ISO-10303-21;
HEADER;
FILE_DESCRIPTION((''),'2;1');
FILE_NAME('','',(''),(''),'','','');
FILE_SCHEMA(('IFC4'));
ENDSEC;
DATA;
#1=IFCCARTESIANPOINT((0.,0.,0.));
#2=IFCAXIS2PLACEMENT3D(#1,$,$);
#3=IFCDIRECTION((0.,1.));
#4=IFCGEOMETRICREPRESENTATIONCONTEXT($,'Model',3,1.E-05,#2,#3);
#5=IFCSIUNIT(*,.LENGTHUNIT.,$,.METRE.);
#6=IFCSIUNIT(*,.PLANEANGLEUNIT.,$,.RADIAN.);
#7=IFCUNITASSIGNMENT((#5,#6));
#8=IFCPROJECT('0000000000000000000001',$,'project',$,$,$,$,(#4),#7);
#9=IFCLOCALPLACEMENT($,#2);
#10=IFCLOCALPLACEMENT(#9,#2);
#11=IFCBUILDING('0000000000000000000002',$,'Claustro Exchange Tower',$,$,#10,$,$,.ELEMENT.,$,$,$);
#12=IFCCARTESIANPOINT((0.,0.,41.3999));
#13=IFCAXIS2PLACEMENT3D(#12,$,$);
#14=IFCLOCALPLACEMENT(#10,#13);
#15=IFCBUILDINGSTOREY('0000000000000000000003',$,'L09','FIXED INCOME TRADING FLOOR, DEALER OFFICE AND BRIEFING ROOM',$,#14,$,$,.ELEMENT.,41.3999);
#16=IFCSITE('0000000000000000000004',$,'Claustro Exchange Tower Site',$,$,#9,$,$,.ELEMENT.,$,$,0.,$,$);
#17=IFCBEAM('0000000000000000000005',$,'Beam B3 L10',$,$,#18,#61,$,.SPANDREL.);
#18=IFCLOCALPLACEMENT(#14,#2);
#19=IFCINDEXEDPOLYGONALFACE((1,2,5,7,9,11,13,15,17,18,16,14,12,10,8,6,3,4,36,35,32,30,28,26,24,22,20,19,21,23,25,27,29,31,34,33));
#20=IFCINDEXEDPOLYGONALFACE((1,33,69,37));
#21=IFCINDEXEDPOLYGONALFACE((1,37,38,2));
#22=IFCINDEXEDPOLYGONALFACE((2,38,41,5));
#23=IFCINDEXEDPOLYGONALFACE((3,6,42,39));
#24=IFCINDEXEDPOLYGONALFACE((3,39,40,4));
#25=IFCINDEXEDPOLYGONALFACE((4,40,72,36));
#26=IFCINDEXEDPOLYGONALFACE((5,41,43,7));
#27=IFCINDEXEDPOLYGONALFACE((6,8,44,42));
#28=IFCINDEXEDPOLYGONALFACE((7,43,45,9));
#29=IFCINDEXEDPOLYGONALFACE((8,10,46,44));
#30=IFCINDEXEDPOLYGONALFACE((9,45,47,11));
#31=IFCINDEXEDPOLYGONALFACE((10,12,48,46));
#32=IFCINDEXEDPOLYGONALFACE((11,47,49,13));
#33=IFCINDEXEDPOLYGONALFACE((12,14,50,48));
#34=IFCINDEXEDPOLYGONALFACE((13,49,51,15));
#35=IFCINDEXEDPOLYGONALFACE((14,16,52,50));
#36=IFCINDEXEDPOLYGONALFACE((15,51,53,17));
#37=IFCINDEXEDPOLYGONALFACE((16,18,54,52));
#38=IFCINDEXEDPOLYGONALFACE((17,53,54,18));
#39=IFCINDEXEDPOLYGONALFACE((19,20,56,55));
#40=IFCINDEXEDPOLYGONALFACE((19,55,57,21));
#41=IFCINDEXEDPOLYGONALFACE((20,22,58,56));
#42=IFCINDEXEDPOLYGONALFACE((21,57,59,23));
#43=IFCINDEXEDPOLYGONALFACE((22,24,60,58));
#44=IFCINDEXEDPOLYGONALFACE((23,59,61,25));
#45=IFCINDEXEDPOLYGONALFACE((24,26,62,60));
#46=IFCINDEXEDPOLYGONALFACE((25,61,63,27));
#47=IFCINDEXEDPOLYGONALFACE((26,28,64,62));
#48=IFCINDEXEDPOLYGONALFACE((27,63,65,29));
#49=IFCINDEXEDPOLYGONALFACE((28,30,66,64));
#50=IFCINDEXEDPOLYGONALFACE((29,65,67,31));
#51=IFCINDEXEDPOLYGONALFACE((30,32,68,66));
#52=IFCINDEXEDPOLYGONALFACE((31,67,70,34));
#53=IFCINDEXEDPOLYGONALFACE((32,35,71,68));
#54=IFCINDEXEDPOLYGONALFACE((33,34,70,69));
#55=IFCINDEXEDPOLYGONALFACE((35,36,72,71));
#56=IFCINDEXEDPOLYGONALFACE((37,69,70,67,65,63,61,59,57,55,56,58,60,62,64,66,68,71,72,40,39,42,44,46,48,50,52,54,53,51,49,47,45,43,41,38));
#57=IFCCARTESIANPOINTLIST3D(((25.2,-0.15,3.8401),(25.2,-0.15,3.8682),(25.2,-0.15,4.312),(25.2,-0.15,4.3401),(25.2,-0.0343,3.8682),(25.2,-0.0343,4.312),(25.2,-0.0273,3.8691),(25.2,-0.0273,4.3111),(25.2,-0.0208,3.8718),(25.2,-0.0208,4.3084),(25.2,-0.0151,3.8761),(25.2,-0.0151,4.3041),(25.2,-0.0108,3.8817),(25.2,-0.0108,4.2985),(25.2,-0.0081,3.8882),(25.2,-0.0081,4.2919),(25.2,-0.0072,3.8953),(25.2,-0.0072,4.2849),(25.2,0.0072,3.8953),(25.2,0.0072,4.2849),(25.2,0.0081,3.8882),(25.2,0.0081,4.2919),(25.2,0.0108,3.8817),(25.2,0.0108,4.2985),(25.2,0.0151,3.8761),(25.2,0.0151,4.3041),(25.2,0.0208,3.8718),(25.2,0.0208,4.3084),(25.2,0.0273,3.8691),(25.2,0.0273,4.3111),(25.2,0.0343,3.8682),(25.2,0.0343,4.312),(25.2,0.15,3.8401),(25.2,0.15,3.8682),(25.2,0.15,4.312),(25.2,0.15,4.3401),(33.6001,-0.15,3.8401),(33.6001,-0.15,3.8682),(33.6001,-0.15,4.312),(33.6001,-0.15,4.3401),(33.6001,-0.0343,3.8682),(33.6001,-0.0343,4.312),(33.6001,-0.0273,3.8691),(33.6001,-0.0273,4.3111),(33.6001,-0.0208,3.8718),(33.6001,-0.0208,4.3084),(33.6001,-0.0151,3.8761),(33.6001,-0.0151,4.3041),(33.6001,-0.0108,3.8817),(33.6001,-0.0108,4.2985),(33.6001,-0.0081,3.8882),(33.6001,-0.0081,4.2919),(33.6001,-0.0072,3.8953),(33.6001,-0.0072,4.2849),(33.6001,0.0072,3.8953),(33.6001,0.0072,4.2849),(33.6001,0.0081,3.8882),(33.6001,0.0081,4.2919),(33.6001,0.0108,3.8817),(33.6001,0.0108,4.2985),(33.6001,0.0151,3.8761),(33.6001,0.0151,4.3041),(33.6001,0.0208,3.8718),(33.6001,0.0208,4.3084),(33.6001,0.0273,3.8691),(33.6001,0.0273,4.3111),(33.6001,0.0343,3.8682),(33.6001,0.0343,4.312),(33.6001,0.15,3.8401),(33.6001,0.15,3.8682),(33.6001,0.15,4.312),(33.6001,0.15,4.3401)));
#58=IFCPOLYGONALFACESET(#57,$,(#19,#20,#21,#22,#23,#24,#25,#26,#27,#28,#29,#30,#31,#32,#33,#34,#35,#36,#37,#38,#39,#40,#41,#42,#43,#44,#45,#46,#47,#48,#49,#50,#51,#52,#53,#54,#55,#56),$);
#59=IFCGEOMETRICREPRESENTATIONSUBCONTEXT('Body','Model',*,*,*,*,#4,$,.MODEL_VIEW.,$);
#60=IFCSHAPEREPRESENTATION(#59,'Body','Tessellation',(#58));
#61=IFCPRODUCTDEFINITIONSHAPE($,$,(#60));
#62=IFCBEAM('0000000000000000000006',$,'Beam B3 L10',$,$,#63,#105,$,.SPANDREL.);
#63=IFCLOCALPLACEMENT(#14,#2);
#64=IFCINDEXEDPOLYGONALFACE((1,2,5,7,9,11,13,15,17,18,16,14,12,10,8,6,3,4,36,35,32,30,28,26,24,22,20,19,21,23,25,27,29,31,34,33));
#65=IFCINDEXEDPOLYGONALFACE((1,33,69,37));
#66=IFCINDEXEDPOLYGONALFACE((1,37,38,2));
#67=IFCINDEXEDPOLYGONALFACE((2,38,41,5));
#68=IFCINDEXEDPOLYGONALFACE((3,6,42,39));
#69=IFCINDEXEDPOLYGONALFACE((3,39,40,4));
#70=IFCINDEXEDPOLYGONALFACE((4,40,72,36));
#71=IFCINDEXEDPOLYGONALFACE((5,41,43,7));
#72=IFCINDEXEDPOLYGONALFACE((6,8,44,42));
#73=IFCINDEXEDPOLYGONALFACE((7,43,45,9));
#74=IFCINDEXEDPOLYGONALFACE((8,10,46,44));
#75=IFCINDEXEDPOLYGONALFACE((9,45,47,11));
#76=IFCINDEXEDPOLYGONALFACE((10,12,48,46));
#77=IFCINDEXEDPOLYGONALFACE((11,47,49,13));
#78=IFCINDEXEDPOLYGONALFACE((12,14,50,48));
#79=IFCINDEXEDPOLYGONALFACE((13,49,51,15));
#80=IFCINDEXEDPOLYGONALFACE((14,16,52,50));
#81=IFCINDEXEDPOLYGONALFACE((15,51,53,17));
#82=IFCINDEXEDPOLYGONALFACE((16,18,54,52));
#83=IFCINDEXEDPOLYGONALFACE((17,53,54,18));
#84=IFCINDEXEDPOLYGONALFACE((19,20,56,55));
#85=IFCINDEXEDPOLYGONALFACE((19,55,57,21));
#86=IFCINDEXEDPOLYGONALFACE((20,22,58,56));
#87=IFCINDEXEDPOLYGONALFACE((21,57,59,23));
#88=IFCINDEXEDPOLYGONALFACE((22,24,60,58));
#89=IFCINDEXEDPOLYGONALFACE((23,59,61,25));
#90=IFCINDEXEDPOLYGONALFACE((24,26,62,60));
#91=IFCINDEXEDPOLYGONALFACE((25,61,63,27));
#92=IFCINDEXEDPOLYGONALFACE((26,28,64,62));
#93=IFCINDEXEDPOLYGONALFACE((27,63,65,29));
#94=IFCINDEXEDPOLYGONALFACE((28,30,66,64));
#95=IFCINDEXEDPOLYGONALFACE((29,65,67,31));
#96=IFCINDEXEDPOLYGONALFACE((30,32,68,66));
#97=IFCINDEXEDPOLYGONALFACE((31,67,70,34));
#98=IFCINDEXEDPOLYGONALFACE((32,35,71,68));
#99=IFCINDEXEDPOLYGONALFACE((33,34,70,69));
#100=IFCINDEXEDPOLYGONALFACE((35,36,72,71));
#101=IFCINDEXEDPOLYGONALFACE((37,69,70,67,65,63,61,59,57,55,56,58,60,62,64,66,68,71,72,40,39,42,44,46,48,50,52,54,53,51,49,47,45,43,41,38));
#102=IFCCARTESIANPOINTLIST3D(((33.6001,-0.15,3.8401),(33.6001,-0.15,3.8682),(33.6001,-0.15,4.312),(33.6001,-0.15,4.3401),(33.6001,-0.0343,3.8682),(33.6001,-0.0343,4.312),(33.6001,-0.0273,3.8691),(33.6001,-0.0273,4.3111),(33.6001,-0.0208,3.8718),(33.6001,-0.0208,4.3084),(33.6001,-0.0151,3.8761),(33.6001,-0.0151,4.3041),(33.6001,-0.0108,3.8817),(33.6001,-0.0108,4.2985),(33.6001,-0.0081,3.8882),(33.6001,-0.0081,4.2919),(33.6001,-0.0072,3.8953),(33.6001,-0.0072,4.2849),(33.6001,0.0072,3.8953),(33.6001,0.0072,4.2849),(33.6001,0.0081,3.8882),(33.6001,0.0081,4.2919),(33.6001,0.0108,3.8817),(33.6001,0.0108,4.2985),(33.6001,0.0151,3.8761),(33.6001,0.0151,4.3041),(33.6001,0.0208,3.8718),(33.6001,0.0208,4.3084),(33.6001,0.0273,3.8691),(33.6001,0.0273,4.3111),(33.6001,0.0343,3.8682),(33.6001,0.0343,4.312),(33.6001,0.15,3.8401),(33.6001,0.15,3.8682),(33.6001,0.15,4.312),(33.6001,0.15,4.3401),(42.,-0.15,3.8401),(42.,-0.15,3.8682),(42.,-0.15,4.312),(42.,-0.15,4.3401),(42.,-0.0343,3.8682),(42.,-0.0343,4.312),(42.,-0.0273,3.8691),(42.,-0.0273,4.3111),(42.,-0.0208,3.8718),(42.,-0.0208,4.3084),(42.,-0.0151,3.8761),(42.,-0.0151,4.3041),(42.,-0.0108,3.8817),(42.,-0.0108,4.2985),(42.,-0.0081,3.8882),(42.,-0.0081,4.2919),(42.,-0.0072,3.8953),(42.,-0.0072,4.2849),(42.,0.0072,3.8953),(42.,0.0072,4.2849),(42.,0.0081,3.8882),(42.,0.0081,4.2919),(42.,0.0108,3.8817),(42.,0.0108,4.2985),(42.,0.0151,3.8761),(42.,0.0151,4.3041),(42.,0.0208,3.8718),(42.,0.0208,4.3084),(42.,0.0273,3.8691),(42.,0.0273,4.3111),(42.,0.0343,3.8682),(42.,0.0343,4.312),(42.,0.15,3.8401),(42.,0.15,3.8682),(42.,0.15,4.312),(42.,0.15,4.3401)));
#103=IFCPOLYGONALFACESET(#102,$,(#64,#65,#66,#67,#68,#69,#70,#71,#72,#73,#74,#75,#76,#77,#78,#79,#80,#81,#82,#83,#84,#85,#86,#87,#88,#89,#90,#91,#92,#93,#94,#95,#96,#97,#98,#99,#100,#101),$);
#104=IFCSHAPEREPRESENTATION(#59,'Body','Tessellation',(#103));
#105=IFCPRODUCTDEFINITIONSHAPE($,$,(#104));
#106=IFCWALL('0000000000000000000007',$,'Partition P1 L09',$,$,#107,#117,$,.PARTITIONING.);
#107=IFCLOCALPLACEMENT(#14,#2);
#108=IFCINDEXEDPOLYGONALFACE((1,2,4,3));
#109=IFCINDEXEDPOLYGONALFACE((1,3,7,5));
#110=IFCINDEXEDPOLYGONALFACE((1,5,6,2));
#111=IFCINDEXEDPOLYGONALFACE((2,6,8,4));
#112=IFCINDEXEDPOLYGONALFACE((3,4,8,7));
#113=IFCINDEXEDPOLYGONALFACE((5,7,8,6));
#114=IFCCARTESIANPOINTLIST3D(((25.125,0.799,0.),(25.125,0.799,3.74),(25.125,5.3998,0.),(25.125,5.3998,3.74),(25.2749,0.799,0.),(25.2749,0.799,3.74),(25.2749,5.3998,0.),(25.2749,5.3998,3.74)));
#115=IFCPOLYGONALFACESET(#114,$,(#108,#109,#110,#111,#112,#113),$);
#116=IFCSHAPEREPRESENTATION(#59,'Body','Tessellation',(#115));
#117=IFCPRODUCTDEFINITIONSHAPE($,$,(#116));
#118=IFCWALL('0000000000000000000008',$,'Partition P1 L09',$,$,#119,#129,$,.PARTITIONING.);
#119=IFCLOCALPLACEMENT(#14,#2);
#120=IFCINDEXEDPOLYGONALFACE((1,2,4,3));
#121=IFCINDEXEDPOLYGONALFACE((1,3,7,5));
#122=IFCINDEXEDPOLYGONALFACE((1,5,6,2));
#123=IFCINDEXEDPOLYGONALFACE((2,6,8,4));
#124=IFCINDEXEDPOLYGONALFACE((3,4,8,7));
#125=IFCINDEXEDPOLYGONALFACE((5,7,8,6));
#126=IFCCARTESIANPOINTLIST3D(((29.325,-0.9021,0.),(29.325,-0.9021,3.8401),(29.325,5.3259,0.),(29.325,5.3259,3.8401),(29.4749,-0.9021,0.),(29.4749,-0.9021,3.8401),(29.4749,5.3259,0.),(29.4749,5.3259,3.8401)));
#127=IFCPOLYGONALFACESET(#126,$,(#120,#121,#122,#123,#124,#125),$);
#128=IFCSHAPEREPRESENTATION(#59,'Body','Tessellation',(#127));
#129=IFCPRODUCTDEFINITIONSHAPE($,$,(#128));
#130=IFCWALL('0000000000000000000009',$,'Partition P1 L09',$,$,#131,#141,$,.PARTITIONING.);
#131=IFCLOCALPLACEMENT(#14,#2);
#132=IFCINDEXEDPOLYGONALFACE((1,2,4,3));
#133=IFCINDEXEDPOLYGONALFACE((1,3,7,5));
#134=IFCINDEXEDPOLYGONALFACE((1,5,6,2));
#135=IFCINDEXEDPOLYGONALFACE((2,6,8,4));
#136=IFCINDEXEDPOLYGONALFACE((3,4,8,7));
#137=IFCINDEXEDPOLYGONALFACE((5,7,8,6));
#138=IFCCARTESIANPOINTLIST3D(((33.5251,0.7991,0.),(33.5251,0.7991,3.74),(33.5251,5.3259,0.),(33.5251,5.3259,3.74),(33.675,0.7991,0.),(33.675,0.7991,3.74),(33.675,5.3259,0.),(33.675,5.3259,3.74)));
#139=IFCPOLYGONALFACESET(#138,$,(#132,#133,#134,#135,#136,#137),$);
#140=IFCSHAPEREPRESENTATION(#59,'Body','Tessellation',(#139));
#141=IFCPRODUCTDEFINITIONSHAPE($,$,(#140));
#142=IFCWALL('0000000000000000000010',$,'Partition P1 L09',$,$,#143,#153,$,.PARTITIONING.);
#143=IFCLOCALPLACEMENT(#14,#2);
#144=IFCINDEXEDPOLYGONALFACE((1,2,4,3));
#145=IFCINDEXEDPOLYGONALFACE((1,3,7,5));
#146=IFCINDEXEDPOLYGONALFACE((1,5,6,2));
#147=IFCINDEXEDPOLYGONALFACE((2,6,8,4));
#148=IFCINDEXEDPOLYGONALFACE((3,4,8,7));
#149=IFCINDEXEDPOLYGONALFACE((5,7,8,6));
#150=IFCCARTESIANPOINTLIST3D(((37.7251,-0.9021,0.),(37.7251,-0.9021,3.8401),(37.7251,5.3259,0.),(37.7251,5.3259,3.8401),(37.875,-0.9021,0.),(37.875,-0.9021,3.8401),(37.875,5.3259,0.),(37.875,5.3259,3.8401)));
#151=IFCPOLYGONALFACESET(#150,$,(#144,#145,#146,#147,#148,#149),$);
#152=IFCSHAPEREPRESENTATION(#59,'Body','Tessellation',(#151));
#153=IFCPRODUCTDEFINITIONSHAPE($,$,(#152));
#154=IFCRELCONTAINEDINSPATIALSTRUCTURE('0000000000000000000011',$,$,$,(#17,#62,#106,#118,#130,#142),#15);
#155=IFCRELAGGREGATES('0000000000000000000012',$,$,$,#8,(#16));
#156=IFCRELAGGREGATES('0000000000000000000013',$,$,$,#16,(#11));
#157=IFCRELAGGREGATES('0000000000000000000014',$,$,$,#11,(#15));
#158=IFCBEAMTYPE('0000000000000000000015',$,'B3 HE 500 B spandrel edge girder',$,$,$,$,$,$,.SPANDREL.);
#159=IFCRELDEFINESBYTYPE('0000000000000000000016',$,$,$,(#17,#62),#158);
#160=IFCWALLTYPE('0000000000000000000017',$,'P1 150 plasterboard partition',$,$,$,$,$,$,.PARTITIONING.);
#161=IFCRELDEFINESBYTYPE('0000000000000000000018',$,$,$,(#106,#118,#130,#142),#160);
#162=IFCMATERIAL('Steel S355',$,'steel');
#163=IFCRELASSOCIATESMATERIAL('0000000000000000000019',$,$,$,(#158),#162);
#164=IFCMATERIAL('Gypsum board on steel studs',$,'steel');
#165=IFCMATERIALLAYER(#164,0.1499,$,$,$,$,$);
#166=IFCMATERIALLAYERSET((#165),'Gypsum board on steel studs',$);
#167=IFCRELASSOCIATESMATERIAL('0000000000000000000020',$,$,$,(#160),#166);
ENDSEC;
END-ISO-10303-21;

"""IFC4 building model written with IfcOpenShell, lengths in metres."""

from ifc_helpers import new_model, si_unit, direction, frame, frame_2d, origin, origin_2d, place, context, subcontext, project, spatial, rectangle, i_section, extrude, material, layer, layer_set, material_profile, profile_set, type_object, element, save


model = new_model("IFC4")

# Units and contexts
model_context = context("Model", 3, precision=1e-05, world=origin(), true_north=direction((0.0, 1.0)))
body_context = subcontext(model_context, "Body", "Model", "MODEL_VIEW")
ifc_project = project(units=[si_unit("LENGTHUNIT", "METRE"), si_unit("PLANEANGLEUNIT", "RADIAN")], contexts=[model_context])

# Site, building, storey
site_placement = place(None, origin())
site = spatial("IfcSite", under=ifc_project, at=site_placement, Name="Claustro Exchange Tower Site", CompositionType="ELEMENT", RefElevation=0.0)
building_placement = place(site_placement, origin())
building = spatial("IfcBuilding", under=site, at=building_placement, Name="Claustro Exchange Tower", CompositionType="ELEMENT")
storey_placement = place(building_placement, frame((0.0, 0.0, 41.3999)))
storey = spatial("IfcBuildingStorey", under=building, at=storey_placement, Name="L09", Description="FIXED INCOME TRADING FLOOR, DEALER OFFICE AND BRIEFING ROOM", CompositionType="ELEMENT", Elevation=41.3999)

# Beams
ifc_material_1 = material(Name="Steel S355", Category="steel")
ifc_material_profile_1 = material_profile(ifc_material_1, i_section(OverallWidth=0.3, OverallDepth=0.5, WebThickness=0.0144, FlangeThickness=0.0281, FilletRadius=0.0271, at=origin_2d()), Name="HE 500 B")
ifc_profile_set_1 = profile_set([ifc_material_profile_1], Name="Steel S355")
beam_type_1 = type_object("IfcBeamType", Name="B3 HE 500 B spandrel edge girder", PredefinedType="SPANDREL", material=ifc_profile_set_1)
beam_1_placement = place(storey_placement, frame((25.2, 0.0, 4.0901), z_axis=(1.0, 0.0, 0.0), x_axis=(0.0, 1.0, 0.0)))
element("IfcBeam", 1, at=beam_1_placement, inside=storey, type_object=beam_type_1, Name="Beam B3 L10", PredefinedType="SPANDREL", context=body_context, shape_type="SweptSolid", body=[
    extrude(i_section(OverallWidth=0.3, OverallDepth=0.5, WebThickness=0.0144, FlangeThickness=0.0281, FilletRadius=0.0271, at=origin_2d()), origin(), (0.0, 0.0, 1.0), 8.4001),
])
beam_2_placement = place(storey_placement, frame((33.6001, 0.0, 4.0901), z_axis=(1.0, 0.0, 0.0), x_axis=(0.0, 1.0, 0.0)))
element("IfcBeam", 2, at=beam_2_placement, inside=storey, type_object=beam_type_1, Name="Beam B3 L10", PredefinedType="SPANDREL", context=body_context, shape_type="SweptSolid", body=[
    extrude(i_section(OverallWidth=0.3, OverallDepth=0.5, WebThickness=0.0144, FlangeThickness=0.0281, FilletRadius=0.0271, at=origin_2d()), origin(), (0.0, 0.0, 1.0), 8.3999),
])

# Walls
ifc_material_2 = material(Name="Gypsum board on steel studs", Category="steel")
ifc_layer_1 = layer(ifc_material_2, 0.1499)
ifc_layer_set_1 = layer_set([ifc_layer_1], Name="Gypsum board on steel studs")
wall_type_1 = type_object("IfcWallType", Name="P1 150 plasterboard partition", PredefinedType="PARTITIONING", material=ifc_layer_set_1)
wall_1_placement = place(storey_placement, frame((25.2, 0.7991, 0.0), z_axis=(0.0, 0.0, 1.0), x_axis=(0.0, 1.0, 0.0)))
element("IfcWall", 3, at=wall_1_placement, inside=storey, type_object=wall_type_1, Name="Partition P1 L09", PredefinedType="PARTITIONING", context=body_context, shape_type="SweptSolid", body=[
    extrude(rectangle(XDim=4.6008, YDim=0.1499, at=frame_2d((2.3003, 0.0))), origin(), (0.0, 0.0, 1.0), 3.74),
])
wall_2_placement = place(storey_placement, frame((29.3999, -0.9021, 0.0), z_axis=(0.0, 0.0, 1.0), x_axis=(0.0, 1.0, 0.0)))
element("IfcWall", 4, at=wall_2_placement, inside=storey, type_object=wall_type_1, Name="Partition P1 L09", PredefinedType="PARTITIONING", context=body_context, shape_type="SweptSolid", body=[
    extrude(rectangle(XDim=6.228, YDim=0.1499, at=frame_2d((3.114, 0.0))), origin(), (0.0, 0.0, 1.0), 3.8401),
])
wall_3_placement = place(storey_placement, frame((33.6001, 0.7991, 0.0), z_axis=(0.0, 0.0, 1.0), x_axis=(0.0, 1.0, 0.0)))
element("IfcWall", 5, at=wall_3_placement, inside=storey, type_object=wall_type_1, Name="Partition P1 L09", PredefinedType="PARTITIONING", context=body_context, shape_type="SweptSolid", body=[
    extrude(rectangle(XDim=4.5269, YDim=0.1499, at=frame_2d((2.2634, 0.0))), origin(), (0.0, 0.0, 1.0), 3.74),
])
wall_4_placement = place(storey_placement, frame((37.8, -0.9021, 0.0), z_axis=(0.0, 0.0, 1.0), x_axis=(0.0, 1.0, 0.0)))
element("IfcWall", 6, at=wall_4_placement, inside=storey, type_object=wall_type_1, Name="Partition P1 L09", PredefinedType="PARTITIONING", context=body_context, shape_type="SweptSolid", body=[
    extrude(rectangle(XDim=6.228, YDim=0.1499, at=frame_2d((3.114, 0.0))), origin(), (0.0, 0.0, 1.0), 3.8401),
])

save(model, "model.ifc")
